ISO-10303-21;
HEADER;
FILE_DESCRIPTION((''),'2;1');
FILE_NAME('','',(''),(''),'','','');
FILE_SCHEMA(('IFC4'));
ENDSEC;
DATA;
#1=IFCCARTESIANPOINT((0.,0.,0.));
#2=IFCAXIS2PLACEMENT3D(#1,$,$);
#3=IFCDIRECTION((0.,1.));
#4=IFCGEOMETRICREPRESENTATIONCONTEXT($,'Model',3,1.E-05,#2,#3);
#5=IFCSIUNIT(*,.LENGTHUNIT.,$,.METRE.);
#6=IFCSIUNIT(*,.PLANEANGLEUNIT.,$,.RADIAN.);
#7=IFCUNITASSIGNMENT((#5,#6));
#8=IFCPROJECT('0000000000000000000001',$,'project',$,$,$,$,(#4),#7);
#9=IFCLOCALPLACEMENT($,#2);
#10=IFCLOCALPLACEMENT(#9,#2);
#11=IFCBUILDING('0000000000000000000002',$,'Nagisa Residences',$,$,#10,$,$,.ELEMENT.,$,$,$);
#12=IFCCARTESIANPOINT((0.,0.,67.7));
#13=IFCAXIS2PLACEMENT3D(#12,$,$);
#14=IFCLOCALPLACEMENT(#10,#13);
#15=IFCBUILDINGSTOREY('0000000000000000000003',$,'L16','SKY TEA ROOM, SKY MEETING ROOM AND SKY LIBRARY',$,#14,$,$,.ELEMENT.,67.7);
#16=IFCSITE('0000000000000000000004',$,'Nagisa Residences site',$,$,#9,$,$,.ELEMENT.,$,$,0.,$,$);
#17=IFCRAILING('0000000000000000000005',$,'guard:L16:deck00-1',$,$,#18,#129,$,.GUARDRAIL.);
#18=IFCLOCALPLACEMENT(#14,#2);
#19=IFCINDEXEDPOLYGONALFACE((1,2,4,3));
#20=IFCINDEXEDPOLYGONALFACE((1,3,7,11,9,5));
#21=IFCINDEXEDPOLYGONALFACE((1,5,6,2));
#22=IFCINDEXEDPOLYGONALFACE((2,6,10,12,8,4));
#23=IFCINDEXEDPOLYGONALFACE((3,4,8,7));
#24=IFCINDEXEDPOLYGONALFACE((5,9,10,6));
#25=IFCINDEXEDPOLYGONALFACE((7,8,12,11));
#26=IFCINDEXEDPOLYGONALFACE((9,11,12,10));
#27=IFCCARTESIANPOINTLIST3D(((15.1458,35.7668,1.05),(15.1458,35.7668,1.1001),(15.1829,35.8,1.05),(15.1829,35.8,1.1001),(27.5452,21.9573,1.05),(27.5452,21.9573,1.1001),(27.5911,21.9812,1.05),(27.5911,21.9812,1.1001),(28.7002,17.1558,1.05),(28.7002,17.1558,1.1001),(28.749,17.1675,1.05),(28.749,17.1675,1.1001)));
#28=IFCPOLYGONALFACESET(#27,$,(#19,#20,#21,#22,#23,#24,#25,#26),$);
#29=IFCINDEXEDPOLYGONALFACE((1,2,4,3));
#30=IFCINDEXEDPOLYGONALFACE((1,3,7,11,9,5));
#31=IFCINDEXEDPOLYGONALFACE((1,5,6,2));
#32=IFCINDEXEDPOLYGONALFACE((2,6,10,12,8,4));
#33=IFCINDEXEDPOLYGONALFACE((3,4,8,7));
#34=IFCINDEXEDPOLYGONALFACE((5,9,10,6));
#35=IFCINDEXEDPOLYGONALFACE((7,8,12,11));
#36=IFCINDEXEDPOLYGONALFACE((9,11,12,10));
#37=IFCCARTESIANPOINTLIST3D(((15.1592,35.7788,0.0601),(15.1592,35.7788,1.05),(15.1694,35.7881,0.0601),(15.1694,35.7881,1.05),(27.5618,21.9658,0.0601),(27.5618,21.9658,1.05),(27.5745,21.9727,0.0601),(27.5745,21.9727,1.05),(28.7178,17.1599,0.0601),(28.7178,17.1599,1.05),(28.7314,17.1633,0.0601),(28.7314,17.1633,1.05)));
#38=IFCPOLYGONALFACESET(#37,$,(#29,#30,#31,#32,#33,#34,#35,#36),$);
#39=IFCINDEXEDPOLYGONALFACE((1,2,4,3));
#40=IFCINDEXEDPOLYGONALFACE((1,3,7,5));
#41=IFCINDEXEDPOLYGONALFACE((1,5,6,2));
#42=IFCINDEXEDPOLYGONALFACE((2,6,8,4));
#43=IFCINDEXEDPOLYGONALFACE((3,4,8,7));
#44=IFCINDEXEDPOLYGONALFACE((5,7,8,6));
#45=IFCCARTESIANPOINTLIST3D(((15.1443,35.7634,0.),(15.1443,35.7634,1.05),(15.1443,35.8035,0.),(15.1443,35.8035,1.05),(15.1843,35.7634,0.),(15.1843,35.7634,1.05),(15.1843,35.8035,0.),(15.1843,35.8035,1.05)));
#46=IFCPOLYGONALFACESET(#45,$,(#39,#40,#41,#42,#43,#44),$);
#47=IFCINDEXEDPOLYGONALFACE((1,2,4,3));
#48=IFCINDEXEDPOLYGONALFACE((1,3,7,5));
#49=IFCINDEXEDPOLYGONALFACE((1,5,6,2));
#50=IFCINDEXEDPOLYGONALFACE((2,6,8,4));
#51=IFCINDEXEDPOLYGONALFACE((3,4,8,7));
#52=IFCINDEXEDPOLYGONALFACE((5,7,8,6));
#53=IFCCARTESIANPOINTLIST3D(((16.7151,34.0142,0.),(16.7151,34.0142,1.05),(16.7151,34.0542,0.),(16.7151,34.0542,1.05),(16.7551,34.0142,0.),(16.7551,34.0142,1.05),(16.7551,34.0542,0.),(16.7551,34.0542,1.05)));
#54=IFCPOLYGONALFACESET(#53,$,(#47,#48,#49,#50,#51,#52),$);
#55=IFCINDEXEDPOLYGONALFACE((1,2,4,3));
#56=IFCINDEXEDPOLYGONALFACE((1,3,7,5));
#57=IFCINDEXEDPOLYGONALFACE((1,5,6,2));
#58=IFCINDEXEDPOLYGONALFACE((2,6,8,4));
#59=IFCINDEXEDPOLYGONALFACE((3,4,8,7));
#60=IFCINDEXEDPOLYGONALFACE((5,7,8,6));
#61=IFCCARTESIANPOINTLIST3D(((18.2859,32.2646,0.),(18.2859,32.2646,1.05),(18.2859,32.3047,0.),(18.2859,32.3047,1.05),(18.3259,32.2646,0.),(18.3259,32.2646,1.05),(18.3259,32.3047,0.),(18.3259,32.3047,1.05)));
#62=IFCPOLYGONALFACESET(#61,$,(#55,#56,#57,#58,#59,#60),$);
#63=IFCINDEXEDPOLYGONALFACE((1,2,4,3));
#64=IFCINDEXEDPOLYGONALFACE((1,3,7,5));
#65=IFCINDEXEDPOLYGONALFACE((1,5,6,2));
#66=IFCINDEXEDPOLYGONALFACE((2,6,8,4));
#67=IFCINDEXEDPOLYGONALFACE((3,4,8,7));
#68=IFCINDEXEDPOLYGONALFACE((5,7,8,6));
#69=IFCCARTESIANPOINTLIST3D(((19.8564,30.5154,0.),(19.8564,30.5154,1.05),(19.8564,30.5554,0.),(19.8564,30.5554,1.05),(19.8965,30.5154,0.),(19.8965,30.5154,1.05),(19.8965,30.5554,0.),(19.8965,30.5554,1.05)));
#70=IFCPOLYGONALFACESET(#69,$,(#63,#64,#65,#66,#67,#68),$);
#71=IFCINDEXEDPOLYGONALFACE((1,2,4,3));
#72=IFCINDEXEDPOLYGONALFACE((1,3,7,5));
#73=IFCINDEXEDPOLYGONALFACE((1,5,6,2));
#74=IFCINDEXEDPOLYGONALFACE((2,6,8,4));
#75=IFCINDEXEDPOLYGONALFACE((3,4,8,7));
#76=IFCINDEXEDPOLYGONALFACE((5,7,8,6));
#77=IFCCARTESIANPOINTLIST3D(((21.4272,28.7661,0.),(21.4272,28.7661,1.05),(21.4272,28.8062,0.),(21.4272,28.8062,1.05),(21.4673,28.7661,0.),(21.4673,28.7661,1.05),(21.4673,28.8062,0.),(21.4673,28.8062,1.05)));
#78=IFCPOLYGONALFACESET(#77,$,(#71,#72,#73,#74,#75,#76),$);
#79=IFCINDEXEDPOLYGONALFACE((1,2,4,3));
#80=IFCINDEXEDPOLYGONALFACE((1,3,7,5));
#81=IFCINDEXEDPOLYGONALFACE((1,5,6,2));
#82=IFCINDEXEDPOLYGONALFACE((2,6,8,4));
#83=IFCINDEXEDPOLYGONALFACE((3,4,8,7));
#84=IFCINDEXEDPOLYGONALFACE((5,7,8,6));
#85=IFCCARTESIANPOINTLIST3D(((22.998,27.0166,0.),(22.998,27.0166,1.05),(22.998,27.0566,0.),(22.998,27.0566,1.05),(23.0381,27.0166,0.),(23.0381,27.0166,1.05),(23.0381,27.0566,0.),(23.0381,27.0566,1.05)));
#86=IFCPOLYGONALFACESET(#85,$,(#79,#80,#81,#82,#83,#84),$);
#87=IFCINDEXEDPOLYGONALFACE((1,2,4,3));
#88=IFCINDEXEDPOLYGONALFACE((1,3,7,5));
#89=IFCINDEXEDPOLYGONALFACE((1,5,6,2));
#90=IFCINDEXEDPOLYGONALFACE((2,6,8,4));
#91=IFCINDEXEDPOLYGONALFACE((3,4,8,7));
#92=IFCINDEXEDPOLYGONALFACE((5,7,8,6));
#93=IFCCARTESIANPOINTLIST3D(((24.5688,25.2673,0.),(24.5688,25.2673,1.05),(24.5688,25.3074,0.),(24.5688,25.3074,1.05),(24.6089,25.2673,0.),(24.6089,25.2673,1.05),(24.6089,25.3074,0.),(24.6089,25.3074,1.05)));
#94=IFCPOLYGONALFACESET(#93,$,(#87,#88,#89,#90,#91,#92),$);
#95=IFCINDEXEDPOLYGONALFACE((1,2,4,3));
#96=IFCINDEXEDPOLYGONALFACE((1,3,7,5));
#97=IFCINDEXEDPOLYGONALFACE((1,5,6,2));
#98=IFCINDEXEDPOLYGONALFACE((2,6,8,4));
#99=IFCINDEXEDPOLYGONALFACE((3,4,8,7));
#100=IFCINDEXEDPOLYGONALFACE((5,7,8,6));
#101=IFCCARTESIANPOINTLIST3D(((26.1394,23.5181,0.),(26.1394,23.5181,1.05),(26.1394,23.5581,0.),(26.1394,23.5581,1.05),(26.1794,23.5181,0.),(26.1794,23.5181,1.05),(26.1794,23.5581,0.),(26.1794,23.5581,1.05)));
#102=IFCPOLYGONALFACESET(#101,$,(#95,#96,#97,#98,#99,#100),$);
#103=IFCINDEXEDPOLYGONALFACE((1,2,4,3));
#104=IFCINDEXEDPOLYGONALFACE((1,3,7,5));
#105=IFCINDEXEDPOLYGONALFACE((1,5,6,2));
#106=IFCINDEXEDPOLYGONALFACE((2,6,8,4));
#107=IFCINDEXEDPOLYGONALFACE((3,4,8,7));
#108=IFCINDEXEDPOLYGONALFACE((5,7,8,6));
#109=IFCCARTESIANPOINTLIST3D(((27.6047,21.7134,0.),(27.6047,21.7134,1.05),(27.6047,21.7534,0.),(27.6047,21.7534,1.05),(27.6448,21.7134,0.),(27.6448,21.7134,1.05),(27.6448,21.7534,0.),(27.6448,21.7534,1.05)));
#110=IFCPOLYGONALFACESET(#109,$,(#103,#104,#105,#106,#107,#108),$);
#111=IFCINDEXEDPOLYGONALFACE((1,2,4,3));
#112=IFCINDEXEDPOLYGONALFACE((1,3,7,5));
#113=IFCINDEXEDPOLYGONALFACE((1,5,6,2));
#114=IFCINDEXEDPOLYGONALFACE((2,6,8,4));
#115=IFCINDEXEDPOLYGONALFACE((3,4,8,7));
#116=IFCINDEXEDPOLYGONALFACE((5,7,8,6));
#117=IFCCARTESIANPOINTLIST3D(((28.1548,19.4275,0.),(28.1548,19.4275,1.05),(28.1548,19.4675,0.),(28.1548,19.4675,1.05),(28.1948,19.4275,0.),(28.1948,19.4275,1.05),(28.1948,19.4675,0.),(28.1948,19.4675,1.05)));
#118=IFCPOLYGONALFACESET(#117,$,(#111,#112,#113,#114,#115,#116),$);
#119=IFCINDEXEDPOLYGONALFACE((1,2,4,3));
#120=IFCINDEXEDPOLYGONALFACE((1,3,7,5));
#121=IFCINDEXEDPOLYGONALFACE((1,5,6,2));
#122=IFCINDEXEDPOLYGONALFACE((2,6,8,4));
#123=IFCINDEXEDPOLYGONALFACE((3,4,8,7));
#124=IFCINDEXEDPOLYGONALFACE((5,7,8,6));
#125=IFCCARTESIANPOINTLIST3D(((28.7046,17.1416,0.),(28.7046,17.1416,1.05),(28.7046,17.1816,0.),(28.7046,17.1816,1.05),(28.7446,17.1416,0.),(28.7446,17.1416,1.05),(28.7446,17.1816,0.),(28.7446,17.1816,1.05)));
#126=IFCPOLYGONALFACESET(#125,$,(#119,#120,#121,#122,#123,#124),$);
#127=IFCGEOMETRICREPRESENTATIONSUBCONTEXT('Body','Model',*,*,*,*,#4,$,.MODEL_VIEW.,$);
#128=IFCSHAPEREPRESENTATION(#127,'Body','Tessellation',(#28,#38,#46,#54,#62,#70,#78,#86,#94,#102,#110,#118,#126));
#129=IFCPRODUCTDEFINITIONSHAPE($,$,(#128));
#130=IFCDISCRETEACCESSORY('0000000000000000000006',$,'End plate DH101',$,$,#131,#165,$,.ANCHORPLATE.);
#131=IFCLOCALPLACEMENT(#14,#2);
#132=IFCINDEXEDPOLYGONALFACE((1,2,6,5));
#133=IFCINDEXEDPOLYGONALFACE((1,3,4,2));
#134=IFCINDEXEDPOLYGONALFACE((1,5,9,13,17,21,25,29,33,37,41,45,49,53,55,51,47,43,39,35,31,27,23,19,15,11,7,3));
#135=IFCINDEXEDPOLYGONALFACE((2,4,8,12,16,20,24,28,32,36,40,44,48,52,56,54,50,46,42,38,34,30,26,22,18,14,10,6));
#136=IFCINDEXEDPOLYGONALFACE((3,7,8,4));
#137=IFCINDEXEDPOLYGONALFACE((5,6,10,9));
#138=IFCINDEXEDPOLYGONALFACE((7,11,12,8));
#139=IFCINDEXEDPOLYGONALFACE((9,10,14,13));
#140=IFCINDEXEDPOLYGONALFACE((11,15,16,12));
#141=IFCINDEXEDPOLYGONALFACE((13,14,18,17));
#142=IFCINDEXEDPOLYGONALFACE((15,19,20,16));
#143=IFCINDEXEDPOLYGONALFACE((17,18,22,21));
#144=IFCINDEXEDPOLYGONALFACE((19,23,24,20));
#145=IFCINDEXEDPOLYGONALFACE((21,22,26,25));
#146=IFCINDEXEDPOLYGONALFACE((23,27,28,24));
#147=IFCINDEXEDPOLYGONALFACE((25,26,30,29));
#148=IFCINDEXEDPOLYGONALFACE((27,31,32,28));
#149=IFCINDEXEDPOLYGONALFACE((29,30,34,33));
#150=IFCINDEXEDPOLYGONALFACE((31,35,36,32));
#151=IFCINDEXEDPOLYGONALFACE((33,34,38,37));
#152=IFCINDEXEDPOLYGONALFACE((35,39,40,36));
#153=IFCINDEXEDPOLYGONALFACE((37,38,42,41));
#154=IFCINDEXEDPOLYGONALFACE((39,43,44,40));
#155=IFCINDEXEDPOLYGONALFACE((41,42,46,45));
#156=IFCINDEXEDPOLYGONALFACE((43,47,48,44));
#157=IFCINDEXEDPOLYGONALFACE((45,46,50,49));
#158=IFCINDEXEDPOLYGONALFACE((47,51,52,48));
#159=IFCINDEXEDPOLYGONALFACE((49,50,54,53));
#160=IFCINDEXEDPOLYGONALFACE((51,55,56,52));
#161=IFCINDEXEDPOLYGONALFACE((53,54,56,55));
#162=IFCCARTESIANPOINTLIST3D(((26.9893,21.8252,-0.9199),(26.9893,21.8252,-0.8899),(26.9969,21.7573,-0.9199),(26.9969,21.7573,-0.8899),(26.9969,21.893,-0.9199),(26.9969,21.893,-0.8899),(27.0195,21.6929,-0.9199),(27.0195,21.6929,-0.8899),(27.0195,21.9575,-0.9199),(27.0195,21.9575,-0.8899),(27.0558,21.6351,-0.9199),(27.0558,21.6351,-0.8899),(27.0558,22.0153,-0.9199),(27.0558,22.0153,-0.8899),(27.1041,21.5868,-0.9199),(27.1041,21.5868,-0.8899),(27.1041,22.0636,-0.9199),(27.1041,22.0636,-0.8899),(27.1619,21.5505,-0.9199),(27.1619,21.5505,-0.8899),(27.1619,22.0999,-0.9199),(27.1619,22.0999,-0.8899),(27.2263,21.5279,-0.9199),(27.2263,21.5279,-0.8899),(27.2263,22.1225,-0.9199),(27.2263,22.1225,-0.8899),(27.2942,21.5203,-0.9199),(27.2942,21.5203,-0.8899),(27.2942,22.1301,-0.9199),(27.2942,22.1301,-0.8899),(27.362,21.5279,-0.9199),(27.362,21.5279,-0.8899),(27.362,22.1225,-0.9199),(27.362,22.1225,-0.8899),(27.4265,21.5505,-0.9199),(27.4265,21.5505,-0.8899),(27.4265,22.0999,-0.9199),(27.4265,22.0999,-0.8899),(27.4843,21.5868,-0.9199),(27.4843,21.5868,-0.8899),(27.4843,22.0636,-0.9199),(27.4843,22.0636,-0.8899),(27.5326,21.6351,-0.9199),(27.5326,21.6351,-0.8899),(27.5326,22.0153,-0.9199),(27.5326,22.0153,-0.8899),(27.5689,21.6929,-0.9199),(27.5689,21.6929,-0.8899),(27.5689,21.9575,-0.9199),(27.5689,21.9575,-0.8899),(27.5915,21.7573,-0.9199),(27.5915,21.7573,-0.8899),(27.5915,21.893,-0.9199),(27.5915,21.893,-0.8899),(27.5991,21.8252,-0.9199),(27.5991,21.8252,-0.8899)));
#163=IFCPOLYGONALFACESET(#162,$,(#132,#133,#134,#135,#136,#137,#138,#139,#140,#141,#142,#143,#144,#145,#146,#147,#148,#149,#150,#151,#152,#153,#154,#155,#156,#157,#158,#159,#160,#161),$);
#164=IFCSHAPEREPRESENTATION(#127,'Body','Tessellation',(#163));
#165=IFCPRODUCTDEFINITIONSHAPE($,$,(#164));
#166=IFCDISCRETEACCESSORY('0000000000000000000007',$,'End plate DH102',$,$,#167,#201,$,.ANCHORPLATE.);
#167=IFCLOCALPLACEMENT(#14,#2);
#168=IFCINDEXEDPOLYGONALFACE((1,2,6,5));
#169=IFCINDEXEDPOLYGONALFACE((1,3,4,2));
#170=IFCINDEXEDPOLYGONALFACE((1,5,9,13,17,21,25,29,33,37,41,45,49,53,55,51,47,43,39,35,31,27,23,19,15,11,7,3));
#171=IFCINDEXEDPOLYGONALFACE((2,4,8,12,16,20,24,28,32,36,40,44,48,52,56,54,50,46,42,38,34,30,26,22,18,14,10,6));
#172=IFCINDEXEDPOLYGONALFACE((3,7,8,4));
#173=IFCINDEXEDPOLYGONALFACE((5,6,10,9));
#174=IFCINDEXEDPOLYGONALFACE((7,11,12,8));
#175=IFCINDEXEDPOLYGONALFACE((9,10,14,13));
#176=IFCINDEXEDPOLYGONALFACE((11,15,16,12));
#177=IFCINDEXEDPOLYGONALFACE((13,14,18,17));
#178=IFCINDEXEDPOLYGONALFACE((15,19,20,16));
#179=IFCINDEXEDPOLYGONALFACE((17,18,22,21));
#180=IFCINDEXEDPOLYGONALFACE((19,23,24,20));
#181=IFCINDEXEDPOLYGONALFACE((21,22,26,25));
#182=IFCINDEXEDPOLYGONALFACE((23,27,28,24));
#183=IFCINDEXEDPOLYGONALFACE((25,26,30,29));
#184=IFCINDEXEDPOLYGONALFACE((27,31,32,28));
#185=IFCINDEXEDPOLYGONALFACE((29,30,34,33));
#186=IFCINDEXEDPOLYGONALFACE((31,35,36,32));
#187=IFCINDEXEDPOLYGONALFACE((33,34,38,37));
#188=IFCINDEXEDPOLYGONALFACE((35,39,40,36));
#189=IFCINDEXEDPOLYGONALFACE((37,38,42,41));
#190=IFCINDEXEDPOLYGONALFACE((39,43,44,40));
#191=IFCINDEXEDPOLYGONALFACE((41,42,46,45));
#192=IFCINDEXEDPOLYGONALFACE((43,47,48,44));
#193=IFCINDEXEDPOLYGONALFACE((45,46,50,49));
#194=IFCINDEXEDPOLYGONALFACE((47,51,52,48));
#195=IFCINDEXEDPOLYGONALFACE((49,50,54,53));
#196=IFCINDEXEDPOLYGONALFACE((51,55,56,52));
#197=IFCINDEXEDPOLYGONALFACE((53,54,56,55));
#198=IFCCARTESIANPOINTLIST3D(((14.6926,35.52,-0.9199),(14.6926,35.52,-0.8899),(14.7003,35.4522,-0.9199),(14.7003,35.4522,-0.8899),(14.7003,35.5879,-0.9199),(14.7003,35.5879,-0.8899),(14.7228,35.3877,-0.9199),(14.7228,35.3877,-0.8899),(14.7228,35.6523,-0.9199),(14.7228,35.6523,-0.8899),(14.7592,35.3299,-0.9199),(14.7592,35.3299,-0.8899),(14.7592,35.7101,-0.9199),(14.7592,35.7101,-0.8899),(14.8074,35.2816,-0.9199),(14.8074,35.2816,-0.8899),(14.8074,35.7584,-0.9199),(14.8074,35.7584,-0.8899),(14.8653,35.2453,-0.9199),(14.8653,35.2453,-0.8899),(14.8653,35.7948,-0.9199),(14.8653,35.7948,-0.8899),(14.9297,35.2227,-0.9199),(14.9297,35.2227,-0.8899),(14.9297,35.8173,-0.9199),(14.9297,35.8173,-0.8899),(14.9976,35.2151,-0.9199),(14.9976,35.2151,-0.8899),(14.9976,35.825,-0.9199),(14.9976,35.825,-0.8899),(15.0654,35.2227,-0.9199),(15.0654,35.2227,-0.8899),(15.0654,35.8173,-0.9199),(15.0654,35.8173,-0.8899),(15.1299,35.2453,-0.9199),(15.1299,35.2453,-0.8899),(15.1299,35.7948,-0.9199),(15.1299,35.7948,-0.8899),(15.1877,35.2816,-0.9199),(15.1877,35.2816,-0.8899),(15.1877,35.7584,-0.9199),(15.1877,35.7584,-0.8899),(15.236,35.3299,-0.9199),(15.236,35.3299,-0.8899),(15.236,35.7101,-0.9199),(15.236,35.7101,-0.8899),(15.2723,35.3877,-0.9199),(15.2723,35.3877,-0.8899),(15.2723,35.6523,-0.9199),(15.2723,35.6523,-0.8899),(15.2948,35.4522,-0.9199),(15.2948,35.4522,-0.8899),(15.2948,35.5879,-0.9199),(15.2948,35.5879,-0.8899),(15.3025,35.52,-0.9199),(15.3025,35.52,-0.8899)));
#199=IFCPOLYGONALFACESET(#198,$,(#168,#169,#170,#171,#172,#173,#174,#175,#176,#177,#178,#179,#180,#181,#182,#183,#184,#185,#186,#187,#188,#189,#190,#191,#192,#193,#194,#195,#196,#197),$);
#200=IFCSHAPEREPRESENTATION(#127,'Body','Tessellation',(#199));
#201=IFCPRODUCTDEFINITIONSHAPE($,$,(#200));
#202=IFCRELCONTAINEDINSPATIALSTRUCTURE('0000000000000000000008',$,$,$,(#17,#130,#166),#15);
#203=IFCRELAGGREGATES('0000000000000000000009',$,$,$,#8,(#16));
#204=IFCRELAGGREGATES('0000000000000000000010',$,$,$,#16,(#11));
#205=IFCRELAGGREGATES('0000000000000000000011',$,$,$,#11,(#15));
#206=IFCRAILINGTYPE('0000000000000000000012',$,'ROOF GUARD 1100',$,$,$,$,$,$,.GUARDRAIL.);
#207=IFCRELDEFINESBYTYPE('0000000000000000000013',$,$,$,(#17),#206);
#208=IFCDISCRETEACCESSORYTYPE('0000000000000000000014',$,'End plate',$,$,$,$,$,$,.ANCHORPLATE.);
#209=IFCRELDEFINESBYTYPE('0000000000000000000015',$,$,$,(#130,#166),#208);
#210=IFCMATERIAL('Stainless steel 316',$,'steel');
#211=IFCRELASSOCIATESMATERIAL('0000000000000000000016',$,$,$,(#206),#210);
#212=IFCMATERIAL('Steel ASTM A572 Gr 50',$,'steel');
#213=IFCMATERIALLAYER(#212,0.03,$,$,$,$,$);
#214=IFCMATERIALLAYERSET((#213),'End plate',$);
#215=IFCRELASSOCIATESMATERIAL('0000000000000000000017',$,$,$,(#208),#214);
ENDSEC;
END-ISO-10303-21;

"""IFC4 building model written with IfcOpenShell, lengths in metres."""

from ifc_helpers import new_model, si_unit, direction, frame, origin, origin_2d, place, context, subcontext, project, spatial, polyline, rectangle, circle, outline, extrude, material, layer, layer_set, type_object, element, save


model = new_model("IFC4")

# Units and contexts
model_context = context("Model", 3, precision=1e-05, world=origin(), true_north=direction((0.0, 1.0)))
body_context = subcontext(model_context, "Body", "Model", "MODEL_VIEW")
ifc_project = project(units=[si_unit("LENGTHUNIT", "METRE"), si_unit("PLANEANGLEUNIT", "RADIAN")], contexts=[model_context])

# Site, building, storey
site_placement = place(None, origin())
site = spatial("IfcSite", under=ifc_project, at=site_placement, Name="Nagisa Residences site", CompositionType="ELEMENT", RefElevation=0.0)
building_placement = place(site_placement, origin())
building = spatial("IfcBuilding", under=site, at=building_placement, Name="Nagisa Residences", CompositionType="ELEMENT")
storey_placement = place(building_placement, frame((0.0, 0.0, 67.7)))
storey = spatial("IfcBuildingStorey", under=building, at=storey_placement, Name="L16", Description="SKY TEA ROOM, SKY MEETING ROOM AND SKY LIBRARY", CompositionType="ELEMENT", Elevation=67.7)

# Railing
ifc_material_1 = material(Name="Stainless steel 316", Category="steel")
railing_type = type_object("IfcRailingType", Name="ROOF GUARD 1100", PredefinedType="GUARDRAIL", material=ifc_material_1)
railing_placement = place(storey_placement, frame((15.1643, 35.7834, 0.0)))
element("IfcRailing", 1, at=railing_placement, inside=storey, type_object=railing_type, Name="guard:L16:deck00-1", PredefinedType="GUARDRAIL", context=body_context, shape_type="SweptSolid", body=[
    extrude(outline(polyline([(12.4268, -13.8022), (0.0186, 0.0166), (-0.0186, -0.0166), (12.3809, -13.8262), (13.5359, -18.6277), (13.5847, -18.616), (12.4268, -13.8022)])), frame((0.0, 0.0, 1.05)), (0.0, 0.0, 1.0), 0.05),
    extrude(outline(polyline([(12.4102, -13.8108), (0.0051, 0.0046), (-0.0051, -0.0046), (12.3975, -13.8176), (13.5535, -18.6235), (13.5671, -18.6201), (12.4102, -13.8108)])), frame((0.0, 0.0, 0.0601)), (0.0, 0.0, 1.0), 0.99),
    extrude(rectangle(XDim=0.04, YDim=0.04, at=origin_2d()), origin(), (0.0, 0.0, 1.0), 1.05),
    extrude(rectangle(XDim=0.04, YDim=0.04, at=origin_2d()), frame((1.5708, -1.7493, 0.0)), (0.0, 0.0, 1.0), 1.05),
    extrude(rectangle(XDim=0.04, YDim=0.04, at=origin_2d()), frame((3.1416, -3.4988, 0.0)), (0.0, 0.0, 1.0), 1.05),
    extrude(rectangle(XDim=0.04, YDim=0.04, at=origin_2d()), frame((4.7122, -5.248, 0.0)), (0.0, 0.0, 1.0), 1.05),
    extrude(rectangle(XDim=0.04, YDim=0.04, at=origin_2d()), frame((6.283, -6.9973, 0.0)), (0.0, 0.0, 1.0), 1.05),
    extrude(rectangle(XDim=0.04, YDim=0.04, at=origin_2d()), frame((7.8538, -8.7468, 0.0)), (0.0, 0.0, 1.0), 1.05),
    extrude(rectangle(XDim=0.04, YDim=0.04, at=origin_2d()), frame((9.4246, -10.4961, 0.0)), (0.0, 0.0, 1.0), 1.05),
    extrude(rectangle(XDim=0.04, YDim=0.04, at=origin_2d()), frame((10.9951, -12.2454, 0.0)), (0.0, 0.0, 1.0), 1.05),
    extrude(rectangle(XDim=0.04, YDim=0.04, at=origin_2d()), frame((12.4604, -14.05, 0.0)), (0.0, 0.0, 1.0), 1.05),
    extrude(rectangle(XDim=0.04, YDim=0.04, at=origin_2d()), frame((13.0105, -16.3359, 0.0)), (0.0, 0.0, 1.0), 1.05),
    extrude(rectangle(XDim=0.04, YDim=0.04, at=origin_2d()), frame((13.5603, -18.6218, 0.0)), (0.0, 0.0, 1.0), 1.05),
])

# Discrete accessories
ifc_material_2 = material(Name="Steel ASTM A572 Gr 50", Category="steel")
ifc_layer_1 = layer(ifc_material_2, 0.03)
ifc_layer_set_1 = layer_set([ifc_layer_1], Name="End plate")
discrete_accessory_type = type_object("IfcDiscreteAccessoryType", Name="End plate", PredefinedType="ANCHORPLATE", material=ifc_layer_set_1)
for number, where, z_axis, x_axis, name in (
    (2, (27.2942, 21.8252, -0.8899), (0.0, 0.0, -1.0), (1.0, 0.0, 0.0), "End plate DH101"),
    (3, (14.9976, 35.52, -0.8899), (0.0, 0.0, -1.0), (1.0, 0.0, 0.0), "End plate DH102"),
):
    element("IfcDiscreteAccessory", number, at=place(storey_placement, frame(where, z_axis=z_axis, x_axis=x_axis)), inside=storey, type_object=discrete_accessory_type, Name=name, PredefinedType="ANCHORPLATE", context=body_context, shape_type="SweptSolid", body=[
        extrude(circle(Radius=0.3049, at=origin_2d()), origin(), (0.0, 0.0, 1.0), 0.03),
    ])

save(model, "model.ifc")
